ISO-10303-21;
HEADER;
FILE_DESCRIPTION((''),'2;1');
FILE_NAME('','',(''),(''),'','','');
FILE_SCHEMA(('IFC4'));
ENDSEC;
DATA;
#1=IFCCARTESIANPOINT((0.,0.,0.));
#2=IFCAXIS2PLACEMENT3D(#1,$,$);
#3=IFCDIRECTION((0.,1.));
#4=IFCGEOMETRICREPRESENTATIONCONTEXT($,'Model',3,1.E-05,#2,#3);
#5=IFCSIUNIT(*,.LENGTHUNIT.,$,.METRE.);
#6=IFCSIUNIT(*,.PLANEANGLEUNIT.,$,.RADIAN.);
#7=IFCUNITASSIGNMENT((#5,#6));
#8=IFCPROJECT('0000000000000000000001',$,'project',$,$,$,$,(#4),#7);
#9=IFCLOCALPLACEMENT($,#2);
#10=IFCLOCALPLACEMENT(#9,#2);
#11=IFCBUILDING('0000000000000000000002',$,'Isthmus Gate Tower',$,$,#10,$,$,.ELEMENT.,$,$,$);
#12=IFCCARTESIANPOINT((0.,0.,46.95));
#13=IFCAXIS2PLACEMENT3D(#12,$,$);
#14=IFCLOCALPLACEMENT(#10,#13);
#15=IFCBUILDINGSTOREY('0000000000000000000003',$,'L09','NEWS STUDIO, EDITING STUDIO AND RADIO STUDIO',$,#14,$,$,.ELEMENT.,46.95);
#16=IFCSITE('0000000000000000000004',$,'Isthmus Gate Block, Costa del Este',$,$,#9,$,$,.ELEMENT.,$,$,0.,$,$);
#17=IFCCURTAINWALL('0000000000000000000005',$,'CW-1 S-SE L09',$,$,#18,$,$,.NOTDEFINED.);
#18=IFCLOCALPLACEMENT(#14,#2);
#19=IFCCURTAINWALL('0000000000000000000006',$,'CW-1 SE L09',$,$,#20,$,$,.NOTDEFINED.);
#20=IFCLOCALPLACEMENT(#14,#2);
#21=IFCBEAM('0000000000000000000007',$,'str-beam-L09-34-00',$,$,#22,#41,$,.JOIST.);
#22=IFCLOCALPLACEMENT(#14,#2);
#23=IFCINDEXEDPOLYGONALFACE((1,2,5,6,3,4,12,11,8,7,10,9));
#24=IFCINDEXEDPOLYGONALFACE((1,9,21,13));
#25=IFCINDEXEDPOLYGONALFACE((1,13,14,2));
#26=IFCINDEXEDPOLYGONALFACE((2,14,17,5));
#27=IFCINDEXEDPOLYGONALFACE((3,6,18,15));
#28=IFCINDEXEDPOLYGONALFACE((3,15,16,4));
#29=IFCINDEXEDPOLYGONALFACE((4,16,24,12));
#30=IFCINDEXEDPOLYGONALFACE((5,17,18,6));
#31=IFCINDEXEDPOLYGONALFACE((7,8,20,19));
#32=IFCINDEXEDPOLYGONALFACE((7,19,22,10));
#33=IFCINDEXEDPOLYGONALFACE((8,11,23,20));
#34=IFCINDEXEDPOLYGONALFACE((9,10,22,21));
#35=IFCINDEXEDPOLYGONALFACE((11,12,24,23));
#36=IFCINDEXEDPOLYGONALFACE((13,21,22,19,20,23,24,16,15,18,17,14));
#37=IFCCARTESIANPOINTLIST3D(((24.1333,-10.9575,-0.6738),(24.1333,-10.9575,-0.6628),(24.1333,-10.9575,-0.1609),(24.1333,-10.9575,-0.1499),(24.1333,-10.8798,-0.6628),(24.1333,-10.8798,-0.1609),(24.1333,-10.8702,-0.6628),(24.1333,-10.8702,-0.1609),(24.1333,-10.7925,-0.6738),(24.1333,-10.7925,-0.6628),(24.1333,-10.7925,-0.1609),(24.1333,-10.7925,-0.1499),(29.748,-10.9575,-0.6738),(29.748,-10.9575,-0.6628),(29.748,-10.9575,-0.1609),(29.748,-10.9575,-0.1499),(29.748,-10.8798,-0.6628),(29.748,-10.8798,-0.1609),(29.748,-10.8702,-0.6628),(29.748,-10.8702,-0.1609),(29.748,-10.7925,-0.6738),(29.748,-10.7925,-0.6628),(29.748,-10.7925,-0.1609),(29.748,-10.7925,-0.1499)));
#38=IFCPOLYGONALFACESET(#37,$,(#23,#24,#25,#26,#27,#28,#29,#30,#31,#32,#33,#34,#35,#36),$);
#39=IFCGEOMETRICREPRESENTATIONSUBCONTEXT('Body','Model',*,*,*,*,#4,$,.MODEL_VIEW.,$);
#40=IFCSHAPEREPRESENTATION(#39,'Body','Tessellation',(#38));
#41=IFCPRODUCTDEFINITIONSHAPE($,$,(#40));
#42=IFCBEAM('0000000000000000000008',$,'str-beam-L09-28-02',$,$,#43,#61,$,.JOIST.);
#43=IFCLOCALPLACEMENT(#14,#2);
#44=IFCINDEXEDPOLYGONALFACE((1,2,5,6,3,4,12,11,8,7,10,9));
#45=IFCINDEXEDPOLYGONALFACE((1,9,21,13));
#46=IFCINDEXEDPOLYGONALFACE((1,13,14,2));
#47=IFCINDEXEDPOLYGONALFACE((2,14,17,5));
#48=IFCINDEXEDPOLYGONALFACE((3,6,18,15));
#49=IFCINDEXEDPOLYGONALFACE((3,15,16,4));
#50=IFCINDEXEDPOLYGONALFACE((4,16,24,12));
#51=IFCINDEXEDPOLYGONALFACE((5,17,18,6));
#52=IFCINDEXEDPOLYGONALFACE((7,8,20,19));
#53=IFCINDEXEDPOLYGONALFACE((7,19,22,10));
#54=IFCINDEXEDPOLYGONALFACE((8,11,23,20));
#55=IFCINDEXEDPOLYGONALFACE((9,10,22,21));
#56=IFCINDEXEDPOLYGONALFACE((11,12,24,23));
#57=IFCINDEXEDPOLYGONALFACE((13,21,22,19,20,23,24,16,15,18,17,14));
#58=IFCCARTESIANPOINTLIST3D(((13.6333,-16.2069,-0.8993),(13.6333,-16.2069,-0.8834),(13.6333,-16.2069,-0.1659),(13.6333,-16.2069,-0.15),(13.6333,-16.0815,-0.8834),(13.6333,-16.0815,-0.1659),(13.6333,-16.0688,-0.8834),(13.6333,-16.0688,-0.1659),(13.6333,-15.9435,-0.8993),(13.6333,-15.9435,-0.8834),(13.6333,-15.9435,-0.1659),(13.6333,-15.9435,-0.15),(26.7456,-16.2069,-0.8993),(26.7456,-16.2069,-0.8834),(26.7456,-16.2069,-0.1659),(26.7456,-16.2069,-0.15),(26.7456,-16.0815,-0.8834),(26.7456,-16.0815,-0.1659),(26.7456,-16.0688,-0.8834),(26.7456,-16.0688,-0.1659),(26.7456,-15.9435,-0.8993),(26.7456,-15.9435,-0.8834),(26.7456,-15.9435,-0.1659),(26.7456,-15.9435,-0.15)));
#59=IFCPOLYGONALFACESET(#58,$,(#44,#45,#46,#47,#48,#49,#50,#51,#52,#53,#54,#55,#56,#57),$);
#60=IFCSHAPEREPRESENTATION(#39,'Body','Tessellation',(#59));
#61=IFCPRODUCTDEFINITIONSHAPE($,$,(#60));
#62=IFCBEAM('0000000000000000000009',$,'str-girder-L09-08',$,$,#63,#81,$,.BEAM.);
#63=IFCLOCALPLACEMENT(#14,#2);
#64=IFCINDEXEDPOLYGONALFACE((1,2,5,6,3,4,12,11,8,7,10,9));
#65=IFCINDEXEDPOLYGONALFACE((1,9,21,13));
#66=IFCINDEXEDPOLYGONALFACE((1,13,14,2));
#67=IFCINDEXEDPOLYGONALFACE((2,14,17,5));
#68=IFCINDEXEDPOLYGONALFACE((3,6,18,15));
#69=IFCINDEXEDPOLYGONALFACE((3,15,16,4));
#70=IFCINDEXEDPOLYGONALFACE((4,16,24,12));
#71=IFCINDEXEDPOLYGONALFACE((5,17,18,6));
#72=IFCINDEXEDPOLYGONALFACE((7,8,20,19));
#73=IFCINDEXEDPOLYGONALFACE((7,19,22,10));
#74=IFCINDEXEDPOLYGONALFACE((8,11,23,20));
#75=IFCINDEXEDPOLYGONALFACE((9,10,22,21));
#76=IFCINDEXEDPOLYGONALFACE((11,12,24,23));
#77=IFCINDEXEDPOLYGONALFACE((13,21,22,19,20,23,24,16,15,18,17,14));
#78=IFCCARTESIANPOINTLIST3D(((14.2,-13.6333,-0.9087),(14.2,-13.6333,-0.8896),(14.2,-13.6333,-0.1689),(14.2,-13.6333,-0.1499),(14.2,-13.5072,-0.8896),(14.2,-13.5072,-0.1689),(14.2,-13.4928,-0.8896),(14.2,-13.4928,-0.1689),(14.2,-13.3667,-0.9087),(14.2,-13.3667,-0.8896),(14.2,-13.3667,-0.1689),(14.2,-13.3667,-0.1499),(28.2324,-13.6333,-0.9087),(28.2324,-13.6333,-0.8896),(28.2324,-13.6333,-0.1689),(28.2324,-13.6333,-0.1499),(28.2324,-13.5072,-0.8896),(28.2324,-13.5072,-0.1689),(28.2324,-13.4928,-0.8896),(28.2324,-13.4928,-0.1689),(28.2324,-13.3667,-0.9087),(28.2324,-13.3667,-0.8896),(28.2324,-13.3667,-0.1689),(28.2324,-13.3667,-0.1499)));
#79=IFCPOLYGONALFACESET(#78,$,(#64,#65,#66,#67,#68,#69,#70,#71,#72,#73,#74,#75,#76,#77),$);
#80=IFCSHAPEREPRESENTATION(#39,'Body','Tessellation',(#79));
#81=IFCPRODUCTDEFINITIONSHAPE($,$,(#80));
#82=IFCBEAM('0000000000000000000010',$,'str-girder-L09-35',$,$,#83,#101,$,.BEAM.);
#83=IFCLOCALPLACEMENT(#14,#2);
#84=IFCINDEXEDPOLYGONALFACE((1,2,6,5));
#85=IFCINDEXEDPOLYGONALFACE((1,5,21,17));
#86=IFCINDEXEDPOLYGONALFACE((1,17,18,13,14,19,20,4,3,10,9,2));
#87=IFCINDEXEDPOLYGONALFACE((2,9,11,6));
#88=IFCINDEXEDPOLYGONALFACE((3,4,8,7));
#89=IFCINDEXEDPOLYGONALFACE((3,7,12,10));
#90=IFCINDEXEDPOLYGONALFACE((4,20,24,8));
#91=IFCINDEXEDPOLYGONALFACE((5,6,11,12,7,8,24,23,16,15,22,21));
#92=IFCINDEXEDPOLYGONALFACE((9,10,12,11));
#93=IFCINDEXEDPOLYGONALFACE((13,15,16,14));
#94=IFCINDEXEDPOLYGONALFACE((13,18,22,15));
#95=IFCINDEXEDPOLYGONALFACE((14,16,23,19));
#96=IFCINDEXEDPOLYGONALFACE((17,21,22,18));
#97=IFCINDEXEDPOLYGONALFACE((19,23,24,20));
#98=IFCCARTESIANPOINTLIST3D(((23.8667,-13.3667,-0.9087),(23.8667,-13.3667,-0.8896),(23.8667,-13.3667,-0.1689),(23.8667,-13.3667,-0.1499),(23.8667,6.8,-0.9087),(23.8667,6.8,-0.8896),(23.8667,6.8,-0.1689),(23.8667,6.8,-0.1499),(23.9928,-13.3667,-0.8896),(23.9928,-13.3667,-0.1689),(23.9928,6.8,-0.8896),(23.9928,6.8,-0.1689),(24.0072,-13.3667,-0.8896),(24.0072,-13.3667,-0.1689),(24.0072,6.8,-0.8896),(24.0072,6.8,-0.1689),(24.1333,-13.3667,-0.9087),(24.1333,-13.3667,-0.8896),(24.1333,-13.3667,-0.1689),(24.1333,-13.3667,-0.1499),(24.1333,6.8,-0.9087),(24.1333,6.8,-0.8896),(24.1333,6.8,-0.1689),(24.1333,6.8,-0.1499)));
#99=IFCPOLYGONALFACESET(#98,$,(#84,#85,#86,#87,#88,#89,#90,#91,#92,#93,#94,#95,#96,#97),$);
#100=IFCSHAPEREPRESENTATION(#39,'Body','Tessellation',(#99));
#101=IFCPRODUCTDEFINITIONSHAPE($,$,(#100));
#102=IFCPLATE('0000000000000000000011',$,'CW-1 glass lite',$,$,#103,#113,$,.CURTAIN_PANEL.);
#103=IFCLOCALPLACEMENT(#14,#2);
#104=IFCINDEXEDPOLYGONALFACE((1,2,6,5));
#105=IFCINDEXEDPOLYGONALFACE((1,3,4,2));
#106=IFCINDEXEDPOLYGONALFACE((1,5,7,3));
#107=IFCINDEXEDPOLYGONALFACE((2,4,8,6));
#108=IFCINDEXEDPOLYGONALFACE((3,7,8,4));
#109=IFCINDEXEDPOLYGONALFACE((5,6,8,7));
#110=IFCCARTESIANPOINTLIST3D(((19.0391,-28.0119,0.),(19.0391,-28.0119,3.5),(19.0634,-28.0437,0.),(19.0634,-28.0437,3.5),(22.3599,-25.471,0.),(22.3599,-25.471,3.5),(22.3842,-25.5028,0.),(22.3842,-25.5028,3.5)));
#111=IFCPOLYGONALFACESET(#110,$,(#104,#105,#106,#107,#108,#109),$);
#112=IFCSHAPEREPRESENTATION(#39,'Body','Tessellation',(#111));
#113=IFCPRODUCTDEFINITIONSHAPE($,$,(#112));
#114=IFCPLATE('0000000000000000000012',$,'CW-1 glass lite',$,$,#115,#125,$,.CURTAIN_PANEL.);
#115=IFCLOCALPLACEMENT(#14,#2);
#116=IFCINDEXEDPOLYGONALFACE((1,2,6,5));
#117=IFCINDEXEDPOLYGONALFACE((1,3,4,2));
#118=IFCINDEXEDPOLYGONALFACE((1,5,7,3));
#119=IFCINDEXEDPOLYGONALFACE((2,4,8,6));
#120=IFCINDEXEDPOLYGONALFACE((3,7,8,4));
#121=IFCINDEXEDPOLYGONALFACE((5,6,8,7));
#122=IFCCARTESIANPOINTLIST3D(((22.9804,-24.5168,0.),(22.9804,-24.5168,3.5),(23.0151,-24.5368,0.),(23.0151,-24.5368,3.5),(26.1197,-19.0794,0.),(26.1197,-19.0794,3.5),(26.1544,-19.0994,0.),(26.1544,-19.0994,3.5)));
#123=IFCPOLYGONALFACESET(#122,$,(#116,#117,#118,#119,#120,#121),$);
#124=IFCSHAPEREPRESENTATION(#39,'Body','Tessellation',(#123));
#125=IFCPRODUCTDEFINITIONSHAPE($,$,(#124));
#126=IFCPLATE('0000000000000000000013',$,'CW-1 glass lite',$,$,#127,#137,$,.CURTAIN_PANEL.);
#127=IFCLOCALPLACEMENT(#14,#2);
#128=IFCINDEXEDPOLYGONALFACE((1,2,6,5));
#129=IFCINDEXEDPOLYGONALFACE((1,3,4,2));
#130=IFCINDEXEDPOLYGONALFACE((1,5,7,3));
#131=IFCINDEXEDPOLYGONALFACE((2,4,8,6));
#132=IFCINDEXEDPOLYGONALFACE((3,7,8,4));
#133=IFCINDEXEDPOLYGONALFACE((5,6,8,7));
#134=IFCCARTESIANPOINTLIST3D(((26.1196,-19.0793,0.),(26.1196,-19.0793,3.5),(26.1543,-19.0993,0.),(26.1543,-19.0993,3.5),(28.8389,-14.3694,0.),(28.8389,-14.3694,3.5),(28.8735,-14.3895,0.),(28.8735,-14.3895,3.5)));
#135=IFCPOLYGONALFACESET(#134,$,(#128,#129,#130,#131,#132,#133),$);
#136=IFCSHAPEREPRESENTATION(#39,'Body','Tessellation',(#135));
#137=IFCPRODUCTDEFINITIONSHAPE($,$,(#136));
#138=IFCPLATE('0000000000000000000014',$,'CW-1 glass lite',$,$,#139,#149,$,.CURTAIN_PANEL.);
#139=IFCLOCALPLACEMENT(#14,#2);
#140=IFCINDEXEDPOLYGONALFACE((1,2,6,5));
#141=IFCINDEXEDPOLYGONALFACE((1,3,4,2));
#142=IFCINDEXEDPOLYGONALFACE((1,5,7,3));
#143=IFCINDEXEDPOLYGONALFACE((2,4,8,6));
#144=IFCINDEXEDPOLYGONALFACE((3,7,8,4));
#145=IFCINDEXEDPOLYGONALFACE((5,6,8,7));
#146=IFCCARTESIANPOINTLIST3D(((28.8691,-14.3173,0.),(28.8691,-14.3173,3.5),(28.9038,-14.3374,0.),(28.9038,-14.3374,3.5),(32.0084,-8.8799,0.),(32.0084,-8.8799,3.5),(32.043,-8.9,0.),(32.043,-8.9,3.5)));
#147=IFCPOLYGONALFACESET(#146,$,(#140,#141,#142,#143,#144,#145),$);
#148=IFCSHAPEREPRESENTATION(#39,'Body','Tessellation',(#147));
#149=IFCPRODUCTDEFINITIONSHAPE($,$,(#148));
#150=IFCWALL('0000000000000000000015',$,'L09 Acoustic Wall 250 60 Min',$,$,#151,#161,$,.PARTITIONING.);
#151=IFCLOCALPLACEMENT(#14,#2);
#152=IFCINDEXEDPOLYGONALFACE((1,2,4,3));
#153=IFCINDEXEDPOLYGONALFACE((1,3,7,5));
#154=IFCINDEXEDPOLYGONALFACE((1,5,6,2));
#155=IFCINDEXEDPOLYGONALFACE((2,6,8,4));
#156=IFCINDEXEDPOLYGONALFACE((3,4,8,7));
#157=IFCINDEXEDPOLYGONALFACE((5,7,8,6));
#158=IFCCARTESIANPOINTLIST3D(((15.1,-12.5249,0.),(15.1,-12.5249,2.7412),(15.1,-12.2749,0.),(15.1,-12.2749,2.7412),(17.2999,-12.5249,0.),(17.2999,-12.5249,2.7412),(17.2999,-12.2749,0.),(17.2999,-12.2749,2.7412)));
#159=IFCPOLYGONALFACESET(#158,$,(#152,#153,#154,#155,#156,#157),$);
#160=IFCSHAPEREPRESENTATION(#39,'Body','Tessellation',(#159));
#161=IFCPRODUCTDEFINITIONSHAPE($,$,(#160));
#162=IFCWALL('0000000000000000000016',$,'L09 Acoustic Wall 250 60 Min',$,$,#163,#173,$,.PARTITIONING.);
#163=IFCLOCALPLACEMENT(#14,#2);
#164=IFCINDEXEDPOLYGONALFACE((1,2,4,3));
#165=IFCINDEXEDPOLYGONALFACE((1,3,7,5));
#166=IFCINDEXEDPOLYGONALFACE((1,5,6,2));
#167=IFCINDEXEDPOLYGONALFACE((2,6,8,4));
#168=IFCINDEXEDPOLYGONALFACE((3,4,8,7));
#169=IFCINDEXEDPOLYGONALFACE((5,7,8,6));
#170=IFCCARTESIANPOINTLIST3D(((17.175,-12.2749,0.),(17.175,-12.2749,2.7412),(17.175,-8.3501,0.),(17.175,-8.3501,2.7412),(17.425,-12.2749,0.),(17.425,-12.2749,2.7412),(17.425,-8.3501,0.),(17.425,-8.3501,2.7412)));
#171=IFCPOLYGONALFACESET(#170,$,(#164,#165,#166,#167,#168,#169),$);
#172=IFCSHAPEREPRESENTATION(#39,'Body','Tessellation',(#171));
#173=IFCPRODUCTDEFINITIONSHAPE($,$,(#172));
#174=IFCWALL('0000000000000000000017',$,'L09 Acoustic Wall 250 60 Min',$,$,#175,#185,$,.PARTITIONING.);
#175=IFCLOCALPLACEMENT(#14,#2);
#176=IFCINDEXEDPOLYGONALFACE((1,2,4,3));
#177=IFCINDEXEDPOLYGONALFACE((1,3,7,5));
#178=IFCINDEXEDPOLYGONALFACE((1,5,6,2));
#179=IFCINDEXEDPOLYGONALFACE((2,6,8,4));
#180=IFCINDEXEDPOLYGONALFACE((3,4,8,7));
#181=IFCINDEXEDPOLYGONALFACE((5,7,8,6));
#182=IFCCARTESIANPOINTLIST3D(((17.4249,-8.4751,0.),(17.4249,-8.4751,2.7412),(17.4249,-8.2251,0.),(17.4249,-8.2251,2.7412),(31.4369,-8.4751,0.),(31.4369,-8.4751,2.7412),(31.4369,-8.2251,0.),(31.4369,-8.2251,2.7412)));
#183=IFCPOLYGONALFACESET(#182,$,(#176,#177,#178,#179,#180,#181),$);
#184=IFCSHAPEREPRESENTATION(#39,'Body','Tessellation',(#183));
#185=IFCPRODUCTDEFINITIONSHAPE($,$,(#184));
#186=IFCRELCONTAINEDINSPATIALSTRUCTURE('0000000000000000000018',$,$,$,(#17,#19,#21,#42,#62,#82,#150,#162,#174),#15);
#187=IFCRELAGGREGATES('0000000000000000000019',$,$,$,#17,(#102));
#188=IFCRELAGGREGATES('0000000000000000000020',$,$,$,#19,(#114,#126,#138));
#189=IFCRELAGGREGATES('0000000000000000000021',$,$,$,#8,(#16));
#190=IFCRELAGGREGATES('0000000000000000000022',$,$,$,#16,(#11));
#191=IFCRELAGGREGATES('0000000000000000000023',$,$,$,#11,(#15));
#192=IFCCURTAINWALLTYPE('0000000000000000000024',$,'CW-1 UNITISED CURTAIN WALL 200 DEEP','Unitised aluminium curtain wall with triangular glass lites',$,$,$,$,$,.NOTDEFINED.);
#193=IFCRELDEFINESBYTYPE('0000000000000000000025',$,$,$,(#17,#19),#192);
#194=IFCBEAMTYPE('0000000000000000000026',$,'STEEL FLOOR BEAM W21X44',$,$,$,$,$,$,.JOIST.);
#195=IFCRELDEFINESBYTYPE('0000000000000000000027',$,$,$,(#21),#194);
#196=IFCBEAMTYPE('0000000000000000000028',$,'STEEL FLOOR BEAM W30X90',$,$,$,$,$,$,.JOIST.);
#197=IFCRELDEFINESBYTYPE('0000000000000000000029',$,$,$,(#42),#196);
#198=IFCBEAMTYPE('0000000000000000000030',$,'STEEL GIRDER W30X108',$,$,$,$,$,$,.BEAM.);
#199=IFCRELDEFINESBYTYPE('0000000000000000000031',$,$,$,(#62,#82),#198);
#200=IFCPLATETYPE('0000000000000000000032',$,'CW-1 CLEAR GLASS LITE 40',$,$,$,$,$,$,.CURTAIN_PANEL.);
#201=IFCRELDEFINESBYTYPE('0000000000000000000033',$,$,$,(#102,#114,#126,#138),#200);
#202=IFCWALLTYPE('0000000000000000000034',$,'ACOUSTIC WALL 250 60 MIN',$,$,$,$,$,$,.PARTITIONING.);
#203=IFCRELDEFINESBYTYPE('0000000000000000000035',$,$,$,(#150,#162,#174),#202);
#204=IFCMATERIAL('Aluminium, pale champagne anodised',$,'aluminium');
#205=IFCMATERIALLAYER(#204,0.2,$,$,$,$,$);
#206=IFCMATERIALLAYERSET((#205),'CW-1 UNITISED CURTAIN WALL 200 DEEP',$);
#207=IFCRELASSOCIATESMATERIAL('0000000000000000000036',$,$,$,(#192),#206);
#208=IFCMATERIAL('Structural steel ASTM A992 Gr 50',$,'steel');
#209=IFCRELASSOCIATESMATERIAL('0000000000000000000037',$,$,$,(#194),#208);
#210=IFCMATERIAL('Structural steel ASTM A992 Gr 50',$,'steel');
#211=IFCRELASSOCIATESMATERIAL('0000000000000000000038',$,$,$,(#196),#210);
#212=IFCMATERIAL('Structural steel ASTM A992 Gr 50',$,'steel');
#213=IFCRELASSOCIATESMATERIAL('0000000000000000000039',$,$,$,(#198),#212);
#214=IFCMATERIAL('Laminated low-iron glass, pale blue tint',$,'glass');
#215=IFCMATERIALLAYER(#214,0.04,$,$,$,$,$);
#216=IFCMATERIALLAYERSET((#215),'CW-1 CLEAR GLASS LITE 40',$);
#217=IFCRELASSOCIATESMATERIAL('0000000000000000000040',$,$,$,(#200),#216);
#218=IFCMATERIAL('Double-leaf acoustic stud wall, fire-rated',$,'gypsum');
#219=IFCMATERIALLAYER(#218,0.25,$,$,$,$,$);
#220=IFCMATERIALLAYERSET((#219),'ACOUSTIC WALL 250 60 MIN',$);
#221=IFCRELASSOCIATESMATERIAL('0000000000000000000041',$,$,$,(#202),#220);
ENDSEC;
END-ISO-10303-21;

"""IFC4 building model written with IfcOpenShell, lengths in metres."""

from ifc_helpers import new_model, si_unit, direction, frame, frame_2d, origin, origin_2d, place, context, subcontext, project, spatial, rectangle, i_section, extrude, material, layer, layer_set, material_profile, profile_set, type_object, element, aggregate, save


model = new_model("IFC4")

# Units and contexts
model_context = context("Model", 3, precision=1e-05, world=origin(), true_north=direction((0.0, 1.0)))
body_context = subcontext(model_context, "Body", "Model", "MODEL_VIEW")
ifc_project = project(units=[si_unit("LENGTHUNIT", "METRE"), si_unit("PLANEANGLEUNIT", "RADIAN")], contexts=[model_context])

# Site, building, storey
site_placement = place(None, origin())
site = spatial("IfcSite", under=ifc_project, at=site_placement, Name="Isthmus Gate Block, Costa del Este", CompositionType="ELEMENT", RefElevation=0.0)
building_placement = place(site_placement, origin())
building = spatial("IfcBuilding", under=site, at=building_placement, Name="Isthmus Gate Tower", CompositionType="ELEMENT")
storey_placement = place(building_placement, frame((0.0, 0.0, 46.95)))
storey = spatial("IfcBuildingStorey", under=building, at=storey_placement, Name="L09", Description="NEWS STUDIO, EDITING STUDIO AND RADIO STUDIO", CompositionType="ELEMENT", Elevation=46.95)

# Curtain wall
ifc_material_1 = material(Name="Aluminium, pale champagne anodised", Category="aluminium")
ifc_layer_1 = layer(ifc_material_1, 0.2)
ifc_layer_set_1 = layer_set([ifc_layer_1], Name="CW-1 UNITISED CURTAIN WALL 200 DEEP")
curtain_wall_type = type_object("IfcCurtainWallType", Name="CW-1 UNITISED CURTAIN WALL 200 DEEP", Description="Unitised aluminium curtain wall with triangular glass lites", PredefinedType="NOTDEFINED", material=ifc_layer_set_1)
curtain_wall_1_placement = place(storey_placement, origin())
curtain_wall_1 = element("IfcCurtainWall", 1, at=curtain_wall_1_placement, inside=storey, type_object=curtain_wall_type, Name="CW-1 S-SE L09", PredefinedType="NOTDEFINED")

# Curtain wall
curtain_wall_2_placement = place(storey_placement, origin())
curtain_wall_2 = element("IfcCurtainWall", 2, at=curtain_wall_2_placement, inside=storey, type_object=curtain_wall_type, Name="CW-1 SE L09", PredefinedType="NOTDEFINED")

# Beams
ifc_material_2 = material(Name="Structural steel ASTM A992 Gr 50", Category="steel")
ifc_material_profile_1 = material_profile(ifc_material_2, i_section(OverallWidth=0.165, OverallDepth=0.5239, WebThickness=0.0095, FlangeThickness=0.011, at=origin_2d()), Name="W21X44")
ifc_profile_set_1 = profile_set([ifc_material_profile_1], Name="Structural steel ASTM A992 Gr 50")
beam_type_1 = type_object("IfcBeamType", Name="STEEL FLOOR BEAM W21X44", PredefinedType="JOIST", material=ifc_profile_set_1)
beam_1_placement = place(storey_placement, frame((24.1333, -10.875, -0.4119), z_axis=(1.0, 0.0, 0.0), x_axis=(0.0, 1.0, 0.0)))
element("IfcBeam", 3, at=beam_1_placement, inside=storey, type_object=beam_type_1, Name="str-beam-L09-34-00", PredefinedType="JOIST", context=body_context, shape_type="SweptSolid", body=[
    extrude(i_section(OverallWidth=0.165, OverallDepth=0.5239, WebThickness=0.0095, FlangeThickness=0.011, at=origin_2d()), origin(), (0.0, 0.0, 1.0), 5.6147),
])
ifc_material_3 = material(Name="Structural steel ASTM A992 Gr 50", Category="steel")
ifc_material_profile_2 = material_profile(ifc_material_3, i_section(OverallWidth=0.2634, OverallDepth=0.7493, WebThickness=0.0127, FlangeThickness=0.0159, at=origin_2d()), Name="W30X90")
ifc_profile_set_2 = profile_set([ifc_material_profile_2], Name="Structural steel ASTM A992 Gr 50")
beam_type_2 = type_object("IfcBeamType", Name="STEEL FLOOR BEAM W30X90", PredefinedType="JOIST", material=ifc_profile_set_2)
beam_2_placement = place(storey_placement, frame((13.6333, -16.0752, -0.5247), z_axis=(1.0, 0.0, 0.0), x_axis=(0.0, 1.0, 0.0)))
element("IfcBeam", 4, at=beam_2_placement, inside=storey, type_object=beam_type_2, Name="str-beam-L09-28-02", PredefinedType="JOIST", context=body_context, shape_type="SweptSolid", body=[
    extrude(i_section(OverallWidth=0.2634, OverallDepth=0.7493, WebThickness=0.0127, FlangeThickness=0.0159, at=origin_2d()), origin(), (0.0, 0.0, 1.0), 13.1123),
])
ifc_material_4 = material(Name="Structural steel ASTM A992 Gr 50", Category="steel")
ifc_material_profile_3 = material_profile(ifc_material_4, i_section(OverallWidth=0.2666, OverallDepth=0.7588, WebThickness=0.0144, FlangeThickness=0.019, at=origin_2d()), Name="W30X108")
ifc_profile_set_3 = profile_set([ifc_material_profile_3], Name="Structural steel ASTM A992 Gr 50")
beam_type_3 = type_object("IfcBeamType", Name="STEEL GIRDER W30X108", PredefinedType="BEAM", material=ifc_profile_set_3)
beam_3_placement = place(storey_placement, frame((14.2, -13.5, -0.5293), z_axis=(1.0, 0.0, 0.0), x_axis=(0.0, 1.0, 0.0)))
element("IfcBeam", 5, at=beam_3_placement, inside=storey, type_object=beam_type_3, Name="str-girder-L09-08", PredefinedType="BEAM", context=body_context, shape_type="SweptSolid", body=[
    extrude(i_section(OverallWidth=0.2666, OverallDepth=0.7588, WebThickness=0.0144, FlangeThickness=0.019, at=origin_2d()), origin(), (0.0, 0.0, 1.0), 14.0325),
])
beam_4_placement = place(storey_placement, frame((24.0, -13.3667, -0.5293), z_axis=(0.0, 1.0, 0.0), x_axis=(-1.0, 0.0, 0.0)))
element("IfcBeam", 6, at=beam_4_placement, inside=storey, type_object=beam_type_3, Name="str-girder-L09-35", PredefinedType="BEAM", context=body_context, shape_type="SweptSolid", body=[
    extrude(i_section(OverallWidth=0.2666, OverallDepth=0.7588, WebThickness=0.0144, FlangeThickness=0.019, at=origin_2d()), origin(), (0.0, 0.0, 1.0), 20.1667),
])

# Plates
ifc_material_5 = material(Name="Laminated low-iron glass, pale blue tint", Category="glass")
ifc_layer_2 = layer(ifc_material_5, 0.04)
ifc_layer_set_2 = layer_set([ifc_layer_2], Name="CW-1 CLEAR GLASS LITE 40")
plate_type = type_object("IfcPlateType", Name="CW-1 CLEAR GLASS LITE 40", PredefinedType="CURTAIN_PANEL", material=ifc_layer_set_2)
plate_1_placement = place(storey_placement, frame((20.7117, -26.7573, 0.0), z_axis=(0.0, 0.0, 1.0), x_axis=(0.794189, 0.607671, 0.0)))
plate_1 = element("IfcPlate", 7, at=plate_1_placement, type_object=plate_type, Name="CW-1 glass lite", PredefinedType="CURTAIN_PANEL", context=body_context, shape_type="SweptSolid", body=[
    extrude(rectangle(XDim=4.1814, YDim=0.04, at=origin_2d()), origin(), (0.0, 0.0, 1.0), 3.5),
])
aggregate(curtain_wall_1, [plate_1])
plate_2_placement = place(storey_placement, frame((24.5674, -21.8081, 0.0), z_axis=(0.0, 0.0, 1.0), x_axis=(0.5, 0.866025, 0.0)))
plate_2 = element("IfcPlate", 8, at=plate_2_placement, type_object=plate_type, Name="CW-1 glass lite", PredefinedType="CURTAIN_PANEL", context=body_context, shape_type="SweptSolid", body=[
    extrude(rectangle(XDim=6.2786, YDim=0.04, at=origin_2d()), origin(), (0.0, 0.0, 1.0), 3.5),
])
plate_3_placement = place(storey_placement, frame((27.4966, -16.7344, 0.0), z_axis=(0.0, 0.0, 1.0), x_axis=(0.5, 0.866025, 0.0)))
plate_3 = element("IfcPlate", 9, at=plate_3_placement, type_object=plate_type, Name="CW-1 glass lite", PredefinedType="CURTAIN_PANEL", context=body_context, shape_type="SweptSolid", body=[
    extrude(rectangle(XDim=5.4385, YDim=0.04, at=origin_2d()), origin(), (0.0, 0.0, 1.0), 3.5),
])
plate_4_placement = place(storey_placement, frame((30.4561, -11.6086, 0.0), z_axis=(0.0, 0.0, 1.0), x_axis=(0.5, 0.866025, 0.0)))
plate_4 = element("IfcPlate", 10, at=plate_4_placement, type_object=plate_type, Name="CW-1 glass lite", PredefinedType="CURTAIN_PANEL", context=body_context, shape_type="SweptSolid", body=[
    extrude(rectangle(XDim=6.2786, YDim=0.04, at=origin_2d()), origin(), (0.0, 0.0, 1.0), 3.5),
])
aggregate(curtain_wall_2, [plate_2, plate_3, plate_4])

# Walls
ifc_material_6 = material(Name="Double-leaf acoustic stud wall, fire-rated", Category="gypsum")
ifc_layer_3 = layer(ifc_material_6, 0.25)
ifc_layer_set_3 = layer_set([ifc_layer_3], Name="ACOUSTIC WALL 250 60 MIN")
wall_type = type_object("IfcWallType", Name="ACOUSTIC WALL 250 60 MIN", PredefinedType="PARTITIONING", material=ifc_layer_set_3)
wall_1_placement = place(storey_placement, frame((17.3, -12.3999, 0.0), z_axis=(0.0, 0.0, 1.0), x_axis=(-1.0, 0.0, 0.0)))
element("IfcWall", 11, at=wall_1_placement, inside=storey, type_object=wall_type, Name="L09 Acoustic Wall 250 60 Min", PredefinedType="PARTITIONING", context=body_context, shape_type="SweptSolid", body=[
    extrude(rectangle(XDim=2.2, YDim=0.25, at=frame_2d((1.1001, 0.0))), origin(), (0.0, 0.0, 1.0), 2.7412),
])
wall_2_placement = place(storey_placement, frame((17.3, -8.3501, 0.0), z_axis=(0.0, 0.0, 1.0), x_axis=(0.0, -1.0, 0.0)))
element("IfcWall", 12, at=wall_2_placement, inside=storey, type_object=wall_type, Name="L09 Acoustic Wall 250 60 Min", PredefinedType="PARTITIONING", context=body_context, shape_type="SweptSolid", body=[
    extrude(rectangle(XDim=3.9248, YDim=0.25, at=frame_2d((1.9624, 0.0))), origin(), (0.0, 0.0, 1.0), 2.7412),
])
wall_3_placement = place(storey_placement, frame((17.425, -8.3501, 0.0), z_axis=(0.0, 0.0, 1.0), x_axis=(1.0, 0.0, 0.0)))
element("IfcWall", 13, at=wall_3_placement, inside=storey, type_object=wall_type, Name="L09 Acoustic Wall 250 60 Min", PredefinedType="PARTITIONING", context=body_context, shape_type="SweptSolid", body=[
    extrude(rectangle(XDim=14.012, YDim=0.25, at=frame_2d((7.0059, 0.0))), origin(), (0.0, 0.0, 1.0), 2.7412),
])

save(model, "model.ifc")
